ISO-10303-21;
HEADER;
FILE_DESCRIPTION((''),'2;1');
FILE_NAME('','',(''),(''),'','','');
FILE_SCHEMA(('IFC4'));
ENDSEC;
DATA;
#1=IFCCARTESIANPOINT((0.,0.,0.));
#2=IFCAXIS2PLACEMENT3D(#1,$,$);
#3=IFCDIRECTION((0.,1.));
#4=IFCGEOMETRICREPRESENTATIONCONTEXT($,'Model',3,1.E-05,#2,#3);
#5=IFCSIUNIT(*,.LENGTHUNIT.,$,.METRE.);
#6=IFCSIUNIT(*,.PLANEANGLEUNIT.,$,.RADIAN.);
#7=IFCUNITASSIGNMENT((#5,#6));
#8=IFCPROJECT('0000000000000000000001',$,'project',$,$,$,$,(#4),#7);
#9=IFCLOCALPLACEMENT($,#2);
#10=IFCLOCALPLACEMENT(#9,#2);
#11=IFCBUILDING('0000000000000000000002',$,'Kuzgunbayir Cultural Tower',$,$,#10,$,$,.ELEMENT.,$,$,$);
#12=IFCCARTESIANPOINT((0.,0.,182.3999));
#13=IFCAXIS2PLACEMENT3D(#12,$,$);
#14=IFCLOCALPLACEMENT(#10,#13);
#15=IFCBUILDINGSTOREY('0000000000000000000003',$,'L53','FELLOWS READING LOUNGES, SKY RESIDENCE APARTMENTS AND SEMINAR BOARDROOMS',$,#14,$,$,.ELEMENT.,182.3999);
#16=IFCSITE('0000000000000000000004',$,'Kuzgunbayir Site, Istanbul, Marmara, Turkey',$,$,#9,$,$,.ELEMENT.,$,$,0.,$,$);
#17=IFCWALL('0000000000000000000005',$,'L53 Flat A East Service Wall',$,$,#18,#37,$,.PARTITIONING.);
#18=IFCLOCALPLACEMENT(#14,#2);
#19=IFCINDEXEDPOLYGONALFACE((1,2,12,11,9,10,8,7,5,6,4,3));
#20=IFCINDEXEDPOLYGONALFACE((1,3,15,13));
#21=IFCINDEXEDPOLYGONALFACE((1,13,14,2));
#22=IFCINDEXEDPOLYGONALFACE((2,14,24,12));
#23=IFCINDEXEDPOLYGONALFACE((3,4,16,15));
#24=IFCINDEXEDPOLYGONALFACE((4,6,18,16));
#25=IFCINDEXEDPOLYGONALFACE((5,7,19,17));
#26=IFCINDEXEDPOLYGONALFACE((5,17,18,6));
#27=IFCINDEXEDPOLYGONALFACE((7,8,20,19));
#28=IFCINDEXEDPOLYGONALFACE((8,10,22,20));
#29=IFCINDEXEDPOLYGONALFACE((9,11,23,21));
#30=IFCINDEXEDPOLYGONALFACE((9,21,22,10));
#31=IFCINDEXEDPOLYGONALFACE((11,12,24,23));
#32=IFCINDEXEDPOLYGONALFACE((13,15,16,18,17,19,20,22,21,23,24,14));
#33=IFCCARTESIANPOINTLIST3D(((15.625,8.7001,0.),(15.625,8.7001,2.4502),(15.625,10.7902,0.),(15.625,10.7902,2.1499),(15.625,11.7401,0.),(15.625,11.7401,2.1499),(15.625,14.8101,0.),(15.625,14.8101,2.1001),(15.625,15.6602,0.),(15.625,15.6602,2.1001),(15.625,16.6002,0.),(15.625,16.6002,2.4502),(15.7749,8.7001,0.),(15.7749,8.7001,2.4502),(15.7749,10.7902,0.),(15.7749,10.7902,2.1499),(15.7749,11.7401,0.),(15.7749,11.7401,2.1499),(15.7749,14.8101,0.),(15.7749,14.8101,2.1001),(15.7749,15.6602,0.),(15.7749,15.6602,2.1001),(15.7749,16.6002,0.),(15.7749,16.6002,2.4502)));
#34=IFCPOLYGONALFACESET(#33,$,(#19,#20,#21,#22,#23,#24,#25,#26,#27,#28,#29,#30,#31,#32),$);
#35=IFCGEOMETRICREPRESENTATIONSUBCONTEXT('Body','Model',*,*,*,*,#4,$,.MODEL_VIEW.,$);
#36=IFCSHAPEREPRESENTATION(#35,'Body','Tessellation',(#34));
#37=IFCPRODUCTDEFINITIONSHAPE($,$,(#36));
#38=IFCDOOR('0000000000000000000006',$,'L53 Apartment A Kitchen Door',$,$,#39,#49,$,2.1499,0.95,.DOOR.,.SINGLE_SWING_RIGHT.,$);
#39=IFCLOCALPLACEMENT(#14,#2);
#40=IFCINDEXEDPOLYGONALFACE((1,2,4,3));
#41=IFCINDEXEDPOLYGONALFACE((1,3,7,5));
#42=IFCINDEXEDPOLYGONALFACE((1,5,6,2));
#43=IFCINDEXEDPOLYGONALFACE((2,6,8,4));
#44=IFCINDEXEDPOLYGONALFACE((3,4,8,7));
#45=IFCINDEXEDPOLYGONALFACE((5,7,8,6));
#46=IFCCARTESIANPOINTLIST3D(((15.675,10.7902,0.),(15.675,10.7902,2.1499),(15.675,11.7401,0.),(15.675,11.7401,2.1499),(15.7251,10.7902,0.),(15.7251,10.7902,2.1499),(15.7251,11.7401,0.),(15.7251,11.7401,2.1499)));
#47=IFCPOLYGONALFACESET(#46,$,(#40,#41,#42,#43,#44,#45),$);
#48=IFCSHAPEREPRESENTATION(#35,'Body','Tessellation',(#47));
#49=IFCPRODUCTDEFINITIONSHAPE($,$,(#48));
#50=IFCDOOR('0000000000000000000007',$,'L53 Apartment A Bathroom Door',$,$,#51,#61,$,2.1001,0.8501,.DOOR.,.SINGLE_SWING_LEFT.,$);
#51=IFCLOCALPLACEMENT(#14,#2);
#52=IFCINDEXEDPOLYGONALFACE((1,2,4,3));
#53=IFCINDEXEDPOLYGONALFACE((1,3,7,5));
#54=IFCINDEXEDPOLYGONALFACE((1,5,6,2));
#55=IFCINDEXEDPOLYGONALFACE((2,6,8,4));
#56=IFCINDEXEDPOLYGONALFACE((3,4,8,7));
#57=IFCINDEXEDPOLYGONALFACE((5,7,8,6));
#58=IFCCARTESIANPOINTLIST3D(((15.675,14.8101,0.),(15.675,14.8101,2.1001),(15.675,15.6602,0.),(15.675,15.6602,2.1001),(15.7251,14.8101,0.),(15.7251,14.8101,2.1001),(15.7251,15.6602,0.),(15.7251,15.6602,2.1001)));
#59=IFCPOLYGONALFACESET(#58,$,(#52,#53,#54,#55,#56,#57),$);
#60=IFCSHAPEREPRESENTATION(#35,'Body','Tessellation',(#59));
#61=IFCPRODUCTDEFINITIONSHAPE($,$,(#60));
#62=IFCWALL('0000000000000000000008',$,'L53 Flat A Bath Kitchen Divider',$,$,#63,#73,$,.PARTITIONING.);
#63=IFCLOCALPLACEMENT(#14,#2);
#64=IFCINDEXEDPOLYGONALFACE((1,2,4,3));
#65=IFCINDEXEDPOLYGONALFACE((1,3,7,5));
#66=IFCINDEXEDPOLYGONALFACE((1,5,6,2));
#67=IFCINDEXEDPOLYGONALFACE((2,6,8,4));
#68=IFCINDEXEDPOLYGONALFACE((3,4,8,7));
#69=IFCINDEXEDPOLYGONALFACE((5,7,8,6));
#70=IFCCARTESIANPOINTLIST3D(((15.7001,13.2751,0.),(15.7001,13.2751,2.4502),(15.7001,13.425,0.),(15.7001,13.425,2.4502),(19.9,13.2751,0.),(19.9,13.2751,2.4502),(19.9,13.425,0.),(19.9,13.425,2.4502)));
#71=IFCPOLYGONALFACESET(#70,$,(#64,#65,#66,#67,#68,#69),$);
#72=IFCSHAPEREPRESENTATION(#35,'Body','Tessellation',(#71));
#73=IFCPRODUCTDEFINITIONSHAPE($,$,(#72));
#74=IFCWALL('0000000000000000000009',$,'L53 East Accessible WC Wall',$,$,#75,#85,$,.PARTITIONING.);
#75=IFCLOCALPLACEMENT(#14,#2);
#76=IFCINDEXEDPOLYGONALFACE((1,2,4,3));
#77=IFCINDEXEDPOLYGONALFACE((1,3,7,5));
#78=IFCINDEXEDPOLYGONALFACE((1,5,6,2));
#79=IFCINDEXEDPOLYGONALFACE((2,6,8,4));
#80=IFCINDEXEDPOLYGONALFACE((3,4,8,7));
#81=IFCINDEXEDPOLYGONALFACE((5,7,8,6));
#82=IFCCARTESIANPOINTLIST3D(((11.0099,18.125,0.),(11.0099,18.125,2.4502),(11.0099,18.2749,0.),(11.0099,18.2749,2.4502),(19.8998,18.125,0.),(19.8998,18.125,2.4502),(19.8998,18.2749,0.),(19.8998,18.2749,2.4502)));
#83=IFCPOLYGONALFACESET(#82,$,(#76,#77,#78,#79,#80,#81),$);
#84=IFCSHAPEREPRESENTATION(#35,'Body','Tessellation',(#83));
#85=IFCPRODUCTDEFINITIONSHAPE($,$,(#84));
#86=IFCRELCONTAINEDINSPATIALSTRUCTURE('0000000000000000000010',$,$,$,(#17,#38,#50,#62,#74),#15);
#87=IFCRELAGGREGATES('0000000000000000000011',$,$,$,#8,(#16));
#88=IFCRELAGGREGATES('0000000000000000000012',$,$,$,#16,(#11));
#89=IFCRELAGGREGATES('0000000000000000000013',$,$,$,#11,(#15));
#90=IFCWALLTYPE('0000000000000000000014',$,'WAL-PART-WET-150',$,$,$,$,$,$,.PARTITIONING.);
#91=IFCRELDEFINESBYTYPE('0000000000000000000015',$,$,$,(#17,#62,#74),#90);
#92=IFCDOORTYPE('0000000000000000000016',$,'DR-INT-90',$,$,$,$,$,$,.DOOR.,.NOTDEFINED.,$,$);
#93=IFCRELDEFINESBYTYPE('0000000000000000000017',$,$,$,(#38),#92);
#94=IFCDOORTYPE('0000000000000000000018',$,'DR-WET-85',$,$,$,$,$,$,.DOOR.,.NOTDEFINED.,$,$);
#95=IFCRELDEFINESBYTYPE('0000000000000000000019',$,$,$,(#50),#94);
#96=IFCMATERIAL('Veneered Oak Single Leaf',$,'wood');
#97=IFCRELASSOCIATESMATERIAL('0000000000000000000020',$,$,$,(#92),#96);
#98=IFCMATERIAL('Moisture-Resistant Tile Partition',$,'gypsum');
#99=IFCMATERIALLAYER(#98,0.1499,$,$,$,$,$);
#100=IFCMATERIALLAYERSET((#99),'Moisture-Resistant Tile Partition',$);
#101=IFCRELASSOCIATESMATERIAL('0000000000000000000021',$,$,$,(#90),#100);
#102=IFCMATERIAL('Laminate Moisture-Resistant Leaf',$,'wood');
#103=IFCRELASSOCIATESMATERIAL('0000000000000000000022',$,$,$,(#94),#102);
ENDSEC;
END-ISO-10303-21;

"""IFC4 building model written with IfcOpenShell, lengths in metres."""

from ifc_helpers import new_model, si_unit, direction, frame, frame_2d, origin, place, context, subcontext, project, spatial, rectangle, extrude, material, layer, layer_set, type_object, element, fill, save


model = new_model("IFC4")

# Units and contexts
model_context = context("Model", 3, precision=1e-05, world=origin(), true_north=direction((0.0, 1.0)))
body_context = subcontext(model_context, "Body", "Model", "MODEL_VIEW")
ifc_project = project(units=[si_unit("LENGTHUNIT", "METRE"), si_unit("PLANEANGLEUNIT", "RADIAN")], contexts=[model_context])

# Site, building, storey
site_placement = place(None, origin())
site = spatial("IfcSite", under=ifc_project, at=site_placement, Name="Kuzgunbayir Site, Istanbul, Marmara, Turkey", CompositionType="ELEMENT", RefElevation=0.0)
building_placement = place(site_placement, origin())
building = spatial("IfcBuilding", under=site, at=building_placement, Name="Kuzgunbayir Cultural Tower", CompositionType="ELEMENT")
storey_placement = place(building_placement, frame((0.0, 0.0, 182.3999)))
storey = spatial("IfcBuildingStorey", under=building, at=storey_placement, Name="L53", Description="FELLOWS READING LOUNGES, SKY RESIDENCE APARTMENTS AND SEMINAR BOARDROOMS", CompositionType="ELEMENT", Elevation=182.3999)

# Wall, openings, doors
ifc_material_1 = material(Name="Veneered Oak Single Leaf", Category="wood")
door_type_1 = type_object("IfcDoorType", Name="DR-INT-90", OperationType="NOTDEFINED", PredefinedType="DOOR", material=ifc_material_1)
ifc_material_2 = material(Name="Laminate Moisture-Resistant Leaf", Category="wood")
ifc_material_3 = material(Name="Moisture-Resistant Tile Partition", Category="gypsum")
ifc_layer_1 = layer(ifc_material_3, 0.1499)
ifc_layer_set_1 = layer_set([ifc_layer_1], Name="Moisture-Resistant Tile Partition")
wall_type_1 = type_object("IfcWallType", Name="WAL-PART-WET-150", PredefinedType="PARTITIONING", material=ifc_layer_set_1)
wall_1_placement = place(storey_placement, frame((15.7, 8.7, 0.0), z_axis=(0.0, 0.0, 1.0), x_axis=(0.0, 1.0, 0.0)))
wall_1 = element("IfcWall", 1, at=wall_1_placement, inside=storey, type_object=wall_type_1, Name="L53 Flat A East Service Wall", PredefinedType="PARTITIONING", context=body_context, shape_type="SweptSolid", body=[
    extrude(rectangle(XDim=7.9001, YDim=0.1499, at=frame_2d((3.9502, 0.0))), origin(), (0.0, 0.0, 1.0), 2.4502),
])
opening_1_placement = place(wall_1_placement, frame((2.0901, 0.0, 0.0)))
opening_1 = element("IfcOpeningElement", 2, at=opening_1_placement, cuts=wall_1, PredefinedType="OPENING", context=body_context, shape_type="SweptSolid", body=[
    extrude(rectangle(XDim=0.95, YDim=2.1499, at=frame_2d((0.4751, 1.075))), frame((0.0, 0.085, 0.0), z_axis=(0.0, -1.0, 0.0), x_axis=(1.0, 0.0, 0.0)), (0.0, 0.0, 1.0), 0.1699),
])
opening_2_placement = place(wall_1_placement, frame((6.1101, 0.0, 0.0)))
opening_2 = element("IfcOpeningElement", 3, at=opening_2_placement, cuts=wall_1, PredefinedType="OPENING", context=body_context, shape_type="SweptSolid", body=[
    extrude(rectangle(XDim=0.8501, YDim=2.1001, at=frame_2d((0.425, 1.05))), frame((0.0, 0.085, 0.0), z_axis=(0.0, -1.0, 0.0), x_axis=(1.0, 0.0, 0.0)), (0.0, 0.0, 1.0), 0.1699),
])
door_1_placement = place(opening_1_placement, origin())
door_1 = element("IfcDoor", 4, at=door_1_placement, inside=storey, type_object=door_type_1, Name="L53 Apartment A Kitchen Door", OperationType="SINGLE_SWING_RIGHT", OverallHeight=2.1499, OverallWidth=0.95, PredefinedType="DOOR", context=body_context, shape_type="SweptSolid", body=[
    extrude(rectangle(XDim=0.95, YDim=2.1499, at=frame_2d((0.4751, 1.075))), frame((0.0, 0.0249, 0.0), z_axis=(0.0, -1.0, 0.0), x_axis=(1.0, 0.0, 0.0)), (0.0, 0.0, 1.0), 0.05),
])
fill(opening_1, door_1)
door_type_2 = type_object("IfcDoorType", Name="DR-WET-85", OperationType="NOTDEFINED", PredefinedType="DOOR", material=ifc_material_2)
door_2_placement = place(opening_2_placement, origin())
door_2 = element("IfcDoor", 5, at=door_2_placement, inside=storey, type_object=door_type_2, Name="L53 Apartment A Bathroom Door", OperationType="SINGLE_SWING_LEFT", OverallHeight=2.1001, OverallWidth=0.8501, PredefinedType="DOOR", context=body_context, shape_type="SweptSolid", body=[
    extrude(rectangle(XDim=0.8501, YDim=2.1001, at=frame_2d((0.425, 1.05))), frame((0.0, 0.0249, 0.0), z_axis=(0.0, -1.0, 0.0), x_axis=(1.0, 0.0, 0.0)), (0.0, 0.0, 1.0), 0.05),
])
fill(opening_2, door_2)

# Walls
wall_2_placement = place(storey_placement, frame((15.7, 13.3501, 0.0), z_axis=(0.0, 0.0, 1.0), x_axis=(1.0, 0.0, 0.0)))
element("IfcWall", 6, at=wall_2_placement, inside=storey, type_object=wall_type_1, Name="L53 Flat A Bath Kitchen Divider", PredefinedType="PARTITIONING", context=body_context, shape_type="SweptSolid", body=[
    extrude(rectangle(XDim=4.2, YDim=0.1499, at=frame_2d((2.1001, 0.0))), origin(), (0.0, 0.0, 1.0), 2.4502),
])
wall_3_placement = place(storey_placement, frame((11.01, 18.2, 0.0), z_axis=(0.0, 0.0, 1.0), x_axis=(1.0, 0.0, 0.0)))
element("IfcWall", 7, at=wall_3_placement, inside=storey, type_object=wall_type_1, Name="L53 East Accessible WC Wall", PredefinedType="PARTITIONING", context=body_context, shape_type="SweptSolid", body=[
    extrude(rectangle(XDim=8.8899, YDim=0.1499, at=frame_2d((4.4448, 0.0))), origin(), (0.0, 0.0, 1.0), 2.4502),
])

save(model, "model.ifc")
